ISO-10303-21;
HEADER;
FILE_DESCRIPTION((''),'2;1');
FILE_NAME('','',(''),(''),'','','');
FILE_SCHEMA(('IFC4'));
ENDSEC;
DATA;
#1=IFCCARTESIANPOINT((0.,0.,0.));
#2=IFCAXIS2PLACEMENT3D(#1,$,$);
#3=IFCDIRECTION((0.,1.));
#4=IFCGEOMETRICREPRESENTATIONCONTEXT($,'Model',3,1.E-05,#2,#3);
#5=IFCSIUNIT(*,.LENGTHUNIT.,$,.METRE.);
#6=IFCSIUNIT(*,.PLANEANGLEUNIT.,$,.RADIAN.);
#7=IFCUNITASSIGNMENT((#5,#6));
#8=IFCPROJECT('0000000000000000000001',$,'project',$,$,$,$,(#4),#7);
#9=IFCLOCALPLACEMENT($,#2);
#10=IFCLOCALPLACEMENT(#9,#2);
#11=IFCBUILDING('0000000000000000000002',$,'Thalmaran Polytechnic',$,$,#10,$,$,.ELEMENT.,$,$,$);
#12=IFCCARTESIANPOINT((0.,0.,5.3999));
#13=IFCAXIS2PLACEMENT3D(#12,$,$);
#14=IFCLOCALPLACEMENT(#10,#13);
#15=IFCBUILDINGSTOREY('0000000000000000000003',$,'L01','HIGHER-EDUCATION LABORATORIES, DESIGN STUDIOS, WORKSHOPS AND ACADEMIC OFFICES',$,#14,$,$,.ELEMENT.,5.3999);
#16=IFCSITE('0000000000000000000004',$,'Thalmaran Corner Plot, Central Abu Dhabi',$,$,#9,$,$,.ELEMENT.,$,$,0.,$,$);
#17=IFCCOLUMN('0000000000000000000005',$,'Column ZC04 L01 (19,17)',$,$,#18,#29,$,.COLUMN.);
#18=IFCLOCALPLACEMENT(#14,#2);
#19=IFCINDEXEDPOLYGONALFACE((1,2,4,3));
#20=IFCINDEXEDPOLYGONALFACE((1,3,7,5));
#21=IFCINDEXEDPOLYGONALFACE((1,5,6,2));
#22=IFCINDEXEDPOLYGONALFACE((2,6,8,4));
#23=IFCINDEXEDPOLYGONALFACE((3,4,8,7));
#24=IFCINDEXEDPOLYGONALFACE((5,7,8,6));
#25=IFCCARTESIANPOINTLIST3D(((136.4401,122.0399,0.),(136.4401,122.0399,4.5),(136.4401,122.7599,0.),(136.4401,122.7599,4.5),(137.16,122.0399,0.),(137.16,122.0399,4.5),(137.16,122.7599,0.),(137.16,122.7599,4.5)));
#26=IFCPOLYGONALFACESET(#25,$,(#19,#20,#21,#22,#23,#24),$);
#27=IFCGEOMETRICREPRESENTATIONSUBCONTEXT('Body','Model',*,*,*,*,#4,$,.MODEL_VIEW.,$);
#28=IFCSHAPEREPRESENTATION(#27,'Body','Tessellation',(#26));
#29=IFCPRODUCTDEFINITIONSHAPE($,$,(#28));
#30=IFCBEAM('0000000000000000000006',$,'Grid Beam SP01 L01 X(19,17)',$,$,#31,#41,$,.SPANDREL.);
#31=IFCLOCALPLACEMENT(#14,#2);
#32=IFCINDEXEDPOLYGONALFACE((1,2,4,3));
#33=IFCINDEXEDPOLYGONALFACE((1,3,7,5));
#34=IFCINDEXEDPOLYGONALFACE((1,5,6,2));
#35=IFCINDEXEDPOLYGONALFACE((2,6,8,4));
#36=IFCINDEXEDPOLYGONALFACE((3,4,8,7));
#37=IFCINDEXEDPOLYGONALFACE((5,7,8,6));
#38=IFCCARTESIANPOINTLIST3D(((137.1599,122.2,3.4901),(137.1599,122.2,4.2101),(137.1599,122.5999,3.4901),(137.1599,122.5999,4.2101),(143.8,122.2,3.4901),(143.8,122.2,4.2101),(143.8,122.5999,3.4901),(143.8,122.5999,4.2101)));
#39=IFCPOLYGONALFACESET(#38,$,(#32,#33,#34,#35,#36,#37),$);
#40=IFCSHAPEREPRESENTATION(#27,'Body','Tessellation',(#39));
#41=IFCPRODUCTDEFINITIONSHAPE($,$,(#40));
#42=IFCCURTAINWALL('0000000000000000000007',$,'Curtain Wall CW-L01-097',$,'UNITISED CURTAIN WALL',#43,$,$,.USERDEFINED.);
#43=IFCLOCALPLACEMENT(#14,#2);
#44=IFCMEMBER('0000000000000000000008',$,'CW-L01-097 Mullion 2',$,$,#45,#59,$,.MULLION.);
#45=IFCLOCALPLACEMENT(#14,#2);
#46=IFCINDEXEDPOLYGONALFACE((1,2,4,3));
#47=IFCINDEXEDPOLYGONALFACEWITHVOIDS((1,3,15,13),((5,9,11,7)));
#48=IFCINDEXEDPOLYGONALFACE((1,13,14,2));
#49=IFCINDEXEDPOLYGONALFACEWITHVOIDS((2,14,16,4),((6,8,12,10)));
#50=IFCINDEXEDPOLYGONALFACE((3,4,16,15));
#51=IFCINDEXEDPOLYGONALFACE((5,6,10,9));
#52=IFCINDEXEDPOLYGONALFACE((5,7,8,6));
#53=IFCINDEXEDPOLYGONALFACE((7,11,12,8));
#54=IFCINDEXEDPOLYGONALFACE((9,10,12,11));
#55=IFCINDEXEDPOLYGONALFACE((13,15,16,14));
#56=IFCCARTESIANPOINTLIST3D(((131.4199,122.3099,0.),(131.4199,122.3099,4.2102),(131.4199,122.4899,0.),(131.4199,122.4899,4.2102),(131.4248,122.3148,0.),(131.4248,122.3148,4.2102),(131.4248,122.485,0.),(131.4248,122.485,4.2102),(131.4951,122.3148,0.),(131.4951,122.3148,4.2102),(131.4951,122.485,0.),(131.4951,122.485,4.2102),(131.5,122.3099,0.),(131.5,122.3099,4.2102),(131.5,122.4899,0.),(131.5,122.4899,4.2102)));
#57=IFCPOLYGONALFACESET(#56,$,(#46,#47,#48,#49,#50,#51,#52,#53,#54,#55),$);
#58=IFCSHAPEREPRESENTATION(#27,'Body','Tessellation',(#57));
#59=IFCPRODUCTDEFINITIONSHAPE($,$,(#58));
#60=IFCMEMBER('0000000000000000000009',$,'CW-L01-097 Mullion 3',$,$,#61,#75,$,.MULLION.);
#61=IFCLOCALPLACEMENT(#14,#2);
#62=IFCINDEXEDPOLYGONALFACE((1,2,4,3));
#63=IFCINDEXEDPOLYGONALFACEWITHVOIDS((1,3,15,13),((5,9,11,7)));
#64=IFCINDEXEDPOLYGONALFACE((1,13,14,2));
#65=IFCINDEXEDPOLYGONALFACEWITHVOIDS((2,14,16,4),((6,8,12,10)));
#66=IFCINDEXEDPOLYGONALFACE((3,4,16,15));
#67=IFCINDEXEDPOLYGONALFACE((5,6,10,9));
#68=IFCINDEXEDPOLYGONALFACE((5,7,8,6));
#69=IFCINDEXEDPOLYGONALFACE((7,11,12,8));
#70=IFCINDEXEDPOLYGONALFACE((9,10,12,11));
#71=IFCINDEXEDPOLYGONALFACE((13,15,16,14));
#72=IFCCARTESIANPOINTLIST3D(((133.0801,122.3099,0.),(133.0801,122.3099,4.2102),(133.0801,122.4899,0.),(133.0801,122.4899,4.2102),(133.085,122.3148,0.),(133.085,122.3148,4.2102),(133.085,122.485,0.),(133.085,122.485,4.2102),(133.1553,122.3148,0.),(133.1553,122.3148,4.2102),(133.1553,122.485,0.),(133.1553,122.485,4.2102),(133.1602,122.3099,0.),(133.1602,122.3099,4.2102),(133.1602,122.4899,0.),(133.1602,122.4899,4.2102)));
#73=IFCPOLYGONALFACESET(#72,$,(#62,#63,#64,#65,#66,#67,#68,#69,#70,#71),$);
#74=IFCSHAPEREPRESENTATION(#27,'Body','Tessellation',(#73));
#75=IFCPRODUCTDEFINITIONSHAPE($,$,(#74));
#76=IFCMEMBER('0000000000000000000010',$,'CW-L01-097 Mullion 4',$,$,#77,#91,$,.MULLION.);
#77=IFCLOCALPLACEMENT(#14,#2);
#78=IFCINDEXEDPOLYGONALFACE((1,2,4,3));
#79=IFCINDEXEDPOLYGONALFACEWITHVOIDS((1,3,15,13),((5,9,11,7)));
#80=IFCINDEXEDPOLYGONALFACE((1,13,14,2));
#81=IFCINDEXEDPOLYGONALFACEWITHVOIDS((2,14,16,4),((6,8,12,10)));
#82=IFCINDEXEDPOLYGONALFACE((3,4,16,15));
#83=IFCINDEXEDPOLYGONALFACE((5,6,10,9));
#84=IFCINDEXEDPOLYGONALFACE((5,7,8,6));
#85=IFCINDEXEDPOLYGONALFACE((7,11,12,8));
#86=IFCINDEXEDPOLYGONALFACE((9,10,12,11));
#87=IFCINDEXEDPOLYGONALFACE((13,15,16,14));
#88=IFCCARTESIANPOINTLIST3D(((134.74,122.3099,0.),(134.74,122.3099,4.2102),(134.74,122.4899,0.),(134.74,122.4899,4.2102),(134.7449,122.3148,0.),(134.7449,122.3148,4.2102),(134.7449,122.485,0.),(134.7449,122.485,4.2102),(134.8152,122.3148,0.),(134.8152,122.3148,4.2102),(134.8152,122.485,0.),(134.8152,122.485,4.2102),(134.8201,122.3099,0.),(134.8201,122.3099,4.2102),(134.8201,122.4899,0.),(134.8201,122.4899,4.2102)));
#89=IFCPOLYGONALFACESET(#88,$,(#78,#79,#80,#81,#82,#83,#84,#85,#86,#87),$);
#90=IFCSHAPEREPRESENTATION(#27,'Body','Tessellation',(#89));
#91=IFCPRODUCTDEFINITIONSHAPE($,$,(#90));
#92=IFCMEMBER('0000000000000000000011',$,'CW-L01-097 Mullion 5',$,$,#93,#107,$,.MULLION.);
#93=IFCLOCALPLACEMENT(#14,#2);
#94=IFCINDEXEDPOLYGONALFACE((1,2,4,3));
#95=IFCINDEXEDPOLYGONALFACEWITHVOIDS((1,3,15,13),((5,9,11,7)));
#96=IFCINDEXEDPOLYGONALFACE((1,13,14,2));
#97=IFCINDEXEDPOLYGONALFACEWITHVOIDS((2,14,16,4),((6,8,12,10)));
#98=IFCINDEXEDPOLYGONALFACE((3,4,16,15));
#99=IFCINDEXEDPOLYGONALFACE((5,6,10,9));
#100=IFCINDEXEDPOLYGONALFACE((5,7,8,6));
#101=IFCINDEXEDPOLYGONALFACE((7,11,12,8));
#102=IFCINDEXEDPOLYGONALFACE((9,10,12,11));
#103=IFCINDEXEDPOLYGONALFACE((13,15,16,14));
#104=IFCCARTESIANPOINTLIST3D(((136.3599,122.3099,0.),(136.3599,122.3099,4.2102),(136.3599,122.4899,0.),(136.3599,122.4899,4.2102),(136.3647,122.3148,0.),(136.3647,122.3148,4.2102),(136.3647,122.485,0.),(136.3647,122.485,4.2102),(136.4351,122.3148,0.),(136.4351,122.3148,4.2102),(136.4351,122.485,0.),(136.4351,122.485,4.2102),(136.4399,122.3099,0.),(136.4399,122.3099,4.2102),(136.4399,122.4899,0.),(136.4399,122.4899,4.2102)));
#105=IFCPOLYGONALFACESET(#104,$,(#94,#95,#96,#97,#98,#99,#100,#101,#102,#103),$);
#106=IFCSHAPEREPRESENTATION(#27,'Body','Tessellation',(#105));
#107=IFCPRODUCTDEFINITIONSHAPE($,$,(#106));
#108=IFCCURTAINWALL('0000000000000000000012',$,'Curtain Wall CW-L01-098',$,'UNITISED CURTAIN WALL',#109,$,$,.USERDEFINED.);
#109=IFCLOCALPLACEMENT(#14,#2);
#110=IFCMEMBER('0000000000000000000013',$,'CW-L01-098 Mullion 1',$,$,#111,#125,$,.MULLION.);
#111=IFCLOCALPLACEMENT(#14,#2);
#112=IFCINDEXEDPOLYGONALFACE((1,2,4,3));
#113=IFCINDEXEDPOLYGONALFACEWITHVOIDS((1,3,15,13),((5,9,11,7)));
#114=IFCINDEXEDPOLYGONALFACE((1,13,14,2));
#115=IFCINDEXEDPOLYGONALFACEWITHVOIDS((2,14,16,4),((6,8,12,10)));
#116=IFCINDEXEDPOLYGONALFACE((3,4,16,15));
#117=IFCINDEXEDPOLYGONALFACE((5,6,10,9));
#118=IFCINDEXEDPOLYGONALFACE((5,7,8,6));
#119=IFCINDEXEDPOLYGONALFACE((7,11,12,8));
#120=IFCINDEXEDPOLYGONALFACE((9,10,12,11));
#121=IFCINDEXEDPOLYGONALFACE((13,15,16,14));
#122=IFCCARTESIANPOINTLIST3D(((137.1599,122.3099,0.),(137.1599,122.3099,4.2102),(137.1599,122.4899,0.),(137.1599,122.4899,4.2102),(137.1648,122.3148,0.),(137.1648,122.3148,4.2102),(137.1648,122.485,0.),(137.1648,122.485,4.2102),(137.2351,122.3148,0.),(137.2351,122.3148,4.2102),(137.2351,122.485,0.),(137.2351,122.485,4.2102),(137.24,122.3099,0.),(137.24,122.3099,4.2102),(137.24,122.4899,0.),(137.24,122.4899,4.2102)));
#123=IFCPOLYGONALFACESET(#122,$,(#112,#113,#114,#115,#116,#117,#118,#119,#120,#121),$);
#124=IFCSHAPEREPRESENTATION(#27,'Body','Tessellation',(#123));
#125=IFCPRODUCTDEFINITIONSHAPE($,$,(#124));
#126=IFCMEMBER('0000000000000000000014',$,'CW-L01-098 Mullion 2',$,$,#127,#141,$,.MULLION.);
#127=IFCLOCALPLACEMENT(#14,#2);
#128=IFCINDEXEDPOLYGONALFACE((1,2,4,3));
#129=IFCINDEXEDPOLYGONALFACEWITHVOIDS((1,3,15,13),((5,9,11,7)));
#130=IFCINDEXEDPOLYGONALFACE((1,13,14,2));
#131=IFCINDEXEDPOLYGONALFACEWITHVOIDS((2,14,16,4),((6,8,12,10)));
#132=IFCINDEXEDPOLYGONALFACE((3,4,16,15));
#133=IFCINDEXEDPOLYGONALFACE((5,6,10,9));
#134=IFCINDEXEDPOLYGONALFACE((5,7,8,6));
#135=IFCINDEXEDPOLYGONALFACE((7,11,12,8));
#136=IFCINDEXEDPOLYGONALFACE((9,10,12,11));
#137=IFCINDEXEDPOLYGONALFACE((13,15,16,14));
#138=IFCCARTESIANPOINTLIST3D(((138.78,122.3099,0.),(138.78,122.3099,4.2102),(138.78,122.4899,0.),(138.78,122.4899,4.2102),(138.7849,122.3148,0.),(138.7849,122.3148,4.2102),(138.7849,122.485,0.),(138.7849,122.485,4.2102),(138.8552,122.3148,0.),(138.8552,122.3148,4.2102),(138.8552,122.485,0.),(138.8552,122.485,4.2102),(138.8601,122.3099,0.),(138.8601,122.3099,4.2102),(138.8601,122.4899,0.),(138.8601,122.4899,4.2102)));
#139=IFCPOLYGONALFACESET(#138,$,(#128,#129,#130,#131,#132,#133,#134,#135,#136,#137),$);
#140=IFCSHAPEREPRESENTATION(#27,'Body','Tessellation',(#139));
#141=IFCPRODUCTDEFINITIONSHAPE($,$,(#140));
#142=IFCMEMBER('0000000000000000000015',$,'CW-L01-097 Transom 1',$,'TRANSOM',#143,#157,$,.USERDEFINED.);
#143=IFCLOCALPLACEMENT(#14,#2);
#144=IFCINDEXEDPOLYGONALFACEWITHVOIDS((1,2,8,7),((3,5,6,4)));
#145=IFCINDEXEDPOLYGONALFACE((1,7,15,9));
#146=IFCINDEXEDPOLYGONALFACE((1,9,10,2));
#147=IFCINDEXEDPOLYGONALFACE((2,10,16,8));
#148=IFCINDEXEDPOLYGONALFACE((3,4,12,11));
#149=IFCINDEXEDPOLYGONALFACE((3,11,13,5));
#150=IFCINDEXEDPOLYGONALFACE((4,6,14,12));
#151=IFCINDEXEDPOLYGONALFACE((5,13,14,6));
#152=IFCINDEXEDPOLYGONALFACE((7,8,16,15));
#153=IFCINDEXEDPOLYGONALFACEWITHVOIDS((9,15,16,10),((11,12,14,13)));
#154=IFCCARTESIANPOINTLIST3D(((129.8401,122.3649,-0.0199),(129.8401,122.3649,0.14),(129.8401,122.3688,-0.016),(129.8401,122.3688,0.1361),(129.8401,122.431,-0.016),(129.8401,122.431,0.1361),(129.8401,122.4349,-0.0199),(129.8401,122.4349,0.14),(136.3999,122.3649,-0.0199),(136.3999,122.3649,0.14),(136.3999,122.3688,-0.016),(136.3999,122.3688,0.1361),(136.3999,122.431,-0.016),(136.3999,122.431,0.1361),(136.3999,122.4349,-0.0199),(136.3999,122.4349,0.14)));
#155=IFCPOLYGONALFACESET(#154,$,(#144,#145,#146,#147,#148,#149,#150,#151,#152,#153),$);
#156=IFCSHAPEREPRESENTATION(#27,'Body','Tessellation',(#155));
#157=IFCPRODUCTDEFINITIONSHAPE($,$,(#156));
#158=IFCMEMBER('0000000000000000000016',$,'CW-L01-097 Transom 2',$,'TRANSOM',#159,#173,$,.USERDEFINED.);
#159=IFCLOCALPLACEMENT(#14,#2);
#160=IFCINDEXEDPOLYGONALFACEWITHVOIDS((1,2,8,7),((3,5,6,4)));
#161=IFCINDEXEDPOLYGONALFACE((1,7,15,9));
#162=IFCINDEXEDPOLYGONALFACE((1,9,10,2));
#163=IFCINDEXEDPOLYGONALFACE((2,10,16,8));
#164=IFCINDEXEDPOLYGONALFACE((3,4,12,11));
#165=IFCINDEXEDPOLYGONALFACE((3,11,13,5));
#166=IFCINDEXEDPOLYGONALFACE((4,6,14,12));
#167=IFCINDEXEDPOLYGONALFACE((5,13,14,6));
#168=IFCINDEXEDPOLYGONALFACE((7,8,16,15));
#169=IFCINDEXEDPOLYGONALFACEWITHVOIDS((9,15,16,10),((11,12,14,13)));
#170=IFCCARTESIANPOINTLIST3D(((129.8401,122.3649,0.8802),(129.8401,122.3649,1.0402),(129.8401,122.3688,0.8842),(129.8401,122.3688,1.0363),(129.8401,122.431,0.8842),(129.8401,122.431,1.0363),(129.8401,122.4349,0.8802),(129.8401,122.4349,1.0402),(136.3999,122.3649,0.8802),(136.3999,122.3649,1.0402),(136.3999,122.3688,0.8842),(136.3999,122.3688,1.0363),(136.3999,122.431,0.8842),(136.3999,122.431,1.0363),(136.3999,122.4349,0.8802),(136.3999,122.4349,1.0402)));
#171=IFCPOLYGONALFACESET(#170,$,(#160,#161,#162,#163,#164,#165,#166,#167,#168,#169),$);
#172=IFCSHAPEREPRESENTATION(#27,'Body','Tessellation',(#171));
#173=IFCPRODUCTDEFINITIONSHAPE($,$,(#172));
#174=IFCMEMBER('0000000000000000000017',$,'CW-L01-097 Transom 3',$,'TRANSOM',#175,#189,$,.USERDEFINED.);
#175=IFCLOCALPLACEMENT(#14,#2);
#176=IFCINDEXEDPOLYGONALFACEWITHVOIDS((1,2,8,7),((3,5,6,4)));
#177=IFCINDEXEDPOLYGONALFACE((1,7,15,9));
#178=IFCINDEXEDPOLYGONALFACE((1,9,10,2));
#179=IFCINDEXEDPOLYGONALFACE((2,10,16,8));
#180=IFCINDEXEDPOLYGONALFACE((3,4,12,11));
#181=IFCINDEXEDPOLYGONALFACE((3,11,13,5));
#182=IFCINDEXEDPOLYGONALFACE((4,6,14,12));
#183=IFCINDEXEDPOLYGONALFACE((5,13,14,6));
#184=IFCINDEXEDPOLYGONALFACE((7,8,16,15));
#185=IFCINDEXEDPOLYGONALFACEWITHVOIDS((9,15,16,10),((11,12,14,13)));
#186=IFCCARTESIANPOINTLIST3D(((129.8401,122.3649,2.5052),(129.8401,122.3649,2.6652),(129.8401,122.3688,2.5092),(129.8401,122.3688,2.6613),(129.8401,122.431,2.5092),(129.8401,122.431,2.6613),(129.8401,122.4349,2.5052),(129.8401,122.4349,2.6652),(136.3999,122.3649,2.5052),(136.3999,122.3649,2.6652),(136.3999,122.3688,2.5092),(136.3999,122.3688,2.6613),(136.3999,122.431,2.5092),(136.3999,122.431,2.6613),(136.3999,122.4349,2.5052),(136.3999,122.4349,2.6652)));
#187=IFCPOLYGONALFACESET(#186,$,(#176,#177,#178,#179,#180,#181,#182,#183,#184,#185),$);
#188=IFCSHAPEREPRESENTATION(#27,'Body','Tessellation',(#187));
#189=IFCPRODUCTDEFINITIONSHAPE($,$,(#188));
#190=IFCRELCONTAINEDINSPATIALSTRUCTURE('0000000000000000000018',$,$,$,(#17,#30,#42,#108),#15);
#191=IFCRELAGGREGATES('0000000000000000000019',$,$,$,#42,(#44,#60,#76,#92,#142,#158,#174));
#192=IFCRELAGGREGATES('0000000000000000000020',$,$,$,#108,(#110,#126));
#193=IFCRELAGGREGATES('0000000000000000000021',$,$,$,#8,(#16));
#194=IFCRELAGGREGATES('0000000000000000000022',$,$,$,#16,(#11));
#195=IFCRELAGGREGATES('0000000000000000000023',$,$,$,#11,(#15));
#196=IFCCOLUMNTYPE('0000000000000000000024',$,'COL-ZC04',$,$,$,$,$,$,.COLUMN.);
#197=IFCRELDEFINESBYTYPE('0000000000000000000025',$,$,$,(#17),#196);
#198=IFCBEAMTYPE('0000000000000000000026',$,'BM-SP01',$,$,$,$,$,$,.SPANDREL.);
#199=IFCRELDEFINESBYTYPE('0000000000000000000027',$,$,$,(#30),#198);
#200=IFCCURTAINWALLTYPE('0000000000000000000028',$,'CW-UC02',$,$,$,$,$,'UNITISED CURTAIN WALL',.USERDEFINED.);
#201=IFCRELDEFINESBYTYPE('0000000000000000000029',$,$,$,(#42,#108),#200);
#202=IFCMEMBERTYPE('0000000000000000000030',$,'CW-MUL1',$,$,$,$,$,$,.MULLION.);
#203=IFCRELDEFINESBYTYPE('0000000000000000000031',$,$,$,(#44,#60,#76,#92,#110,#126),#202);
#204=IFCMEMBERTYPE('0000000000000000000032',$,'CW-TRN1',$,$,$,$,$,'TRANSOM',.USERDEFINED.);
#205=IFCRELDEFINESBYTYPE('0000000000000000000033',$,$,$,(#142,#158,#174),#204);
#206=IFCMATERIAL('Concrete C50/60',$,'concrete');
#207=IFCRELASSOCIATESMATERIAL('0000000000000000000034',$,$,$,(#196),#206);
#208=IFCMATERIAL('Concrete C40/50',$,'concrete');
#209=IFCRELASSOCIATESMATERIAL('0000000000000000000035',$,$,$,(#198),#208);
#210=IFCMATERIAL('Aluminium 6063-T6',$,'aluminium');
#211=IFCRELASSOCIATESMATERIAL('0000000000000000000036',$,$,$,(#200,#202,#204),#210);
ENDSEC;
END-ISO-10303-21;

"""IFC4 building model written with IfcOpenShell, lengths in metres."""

from ifc_helpers import new_model, si_unit, direction, frame, origin, origin_2d, place, context, subcontext, project, spatial, rectangle, hollow_rectangle, extrude, material, material_profile, profile_set, type_object, element, aggregate, save


model = new_model("IFC4")

# Units and contexts
model_context = context("Model", 3, precision=1e-05, world=origin(), true_north=direction((0.0, 1.0)))
body_context = subcontext(model_context, "Body", "Model", "MODEL_VIEW")
ifc_project = project(units=[si_unit("LENGTHUNIT", "METRE"), si_unit("PLANEANGLEUNIT", "RADIAN")], contexts=[model_context])

# Site, building, storey
site_placement = place(None, origin())
site = spatial("IfcSite", under=ifc_project, at=site_placement, Name="Thalmaran Corner Plot, Central Abu Dhabi", CompositionType="ELEMENT", RefElevation=0.0)
building_placement = place(site_placement, origin())
building = spatial("IfcBuilding", under=site, at=building_placement, Name="Thalmaran Polytechnic", CompositionType="ELEMENT")
storey_placement = place(building_placement, frame((0.0, 0.0, 5.3999)))
storey = spatial("IfcBuildingStorey", under=building, at=storey_placement, Name="L01", Description="HIGHER-EDUCATION LABORATORIES, DESIGN STUDIOS, WORKSHOPS AND ACADEMIC OFFICES", CompositionType="ELEMENT", Elevation=5.3999)

# Column
ifc_material_1 = material(Name="Concrete C50/60", Category="concrete")
ifc_material_profile_1 = material_profile(ifc_material_1, rectangle(XDim=0.72, YDim=0.72, at=origin_2d()), Name="RC 720x720")
ifc_profile_set_1 = profile_set([ifc_material_profile_1], Name="Concrete C50/60")
column_type = type_object("IfcColumnType", Name="COL-ZC04", PredefinedType="COLUMN", material=ifc_profile_set_1)
column_placement = place(storey_placement, frame((136.8, 122.3999, 0.0), z_axis=(0.0, 0.0, 1.0), x_axis=(1.0, 0.0, 0.0)))
element("IfcColumn", 1, at=column_placement, inside=storey, type_object=column_type, Name="Column ZC04 L01 (19,17)", PredefinedType="COLUMN", context=body_context, shape_type="SweptSolid", body=[
    extrude(rectangle(XDim=0.72, YDim=0.72, at=origin_2d()), origin(), (0.0, 0.0, 1.0), 4.5),
])

# Beam
ifc_material_2 = material(Name="Concrete C40/50", Category="concrete")
ifc_material_profile_2 = material_profile(ifc_material_2, rectangle(XDim=0.3999, YDim=0.72, at=origin_2d()), Name="RC 400x720")
ifc_profile_set_2 = profile_set([ifc_material_profile_2], Name="Concrete C40/50")
beam_type = type_object("IfcBeamType", Name="BM-SP01", PredefinedType="SPANDREL", material=ifc_profile_set_2)
beam_placement = place(storey_placement, frame((137.1599, 122.3999, 3.8501), z_axis=(1.0, 0.0, 0.0), x_axis=(0.0, 1.0, 0.0)))
element("IfcBeam", 2, at=beam_placement, inside=storey, type_object=beam_type, Name="Grid Beam SP01 L01 X(19,17)", PredefinedType="SPANDREL", context=body_context, shape_type="SweptSolid", body=[
    extrude(rectangle(XDim=0.3999, YDim=0.72, at=origin_2d()), origin(), (0.0, 0.0, 1.0), 6.6401),
])

# Curtain walls, members
ifc_material_3 = material(Name="Aluminium 6063-T6", Category="aluminium")
curtain_wall_type = type_object("IfcCurtainWallType", Name="CW-UC02", ElementType="UNITISED CURTAIN WALL", PredefinedType="USERDEFINED", material=ifc_material_3)
curtain_wall_1_placement = place(storey_placement, origin())
curtain_wall_1 = element("IfcCurtainWall", 3, at=curtain_wall_1_placement, inside=storey, type_object=curtain_wall_type, Name="Curtain Wall CW-L01-097", ObjectType="UNITISED CURTAIN WALL", PredefinedType="USERDEFINED")
ifc_material_profile_3 = material_profile(ifc_material_3, hollow_rectangle(XDim=0.0801, YDim=0.1799, WallThickness=0.0049, at=origin_2d()), Name="RHS 180x80x5.0")
ifc_profile_set_3 = profile_set([ifc_material_profile_3], Name="Aluminium 6063-T6")
member_type_1 = type_object("IfcMemberType", Name="CW-MUL1", PredefinedType="MULLION", material=ifc_profile_set_3)
member_1_placement = place(storey_placement, frame((131.46, 122.3999, 0.0), z_axis=(0.0, 0.0, 1.0), x_axis=(1.0, 0.0, 0.0)))
member_1 = element("IfcMember", 4, at=member_1_placement, type_object=member_type_1, Name="CW-L01-097 Mullion 2", PredefinedType="MULLION", context=body_context, shape_type="SweptSolid", body=[
    extrude(hollow_rectangle(XDim=0.0801, YDim=0.1799, WallThickness=0.0049, at=origin_2d()), origin(), (0.0, 0.0, 1.0), 4.2102),
])
member_2_placement = place(storey_placement, frame((133.1201, 122.3999, 0.0), z_axis=(0.0, 0.0, 1.0), x_axis=(1.0, 0.0, 0.0)))
member_2 = element("IfcMember", 5, at=member_2_placement, type_object=member_type_1, Name="CW-L01-097 Mullion 3", PredefinedType="MULLION", context=body_context, shape_type="SweptSolid", body=[
    extrude(hollow_rectangle(XDim=0.0801, YDim=0.1799, WallThickness=0.0049, at=origin_2d()), origin(), (0.0, 0.0, 1.0), 4.2102),
])
member_3_placement = place(storey_placement, frame((134.78, 122.3999, 0.0), z_axis=(0.0, 0.0, 1.0), x_axis=(1.0, 0.0, 0.0)))
member_3 = element("IfcMember", 6, at=member_3_placement, type_object=member_type_1, Name="CW-L01-097 Mullion 4", PredefinedType="MULLION", context=body_context, shape_type="SweptSolid", body=[
    extrude(hollow_rectangle(XDim=0.0801, YDim=0.1799, WallThickness=0.0049, at=origin_2d()), origin(), (0.0, 0.0, 1.0), 4.2102),
])
member_4_placement = place(storey_placement, frame((136.3999, 122.3999, 0.0), z_axis=(0.0, 0.0, 1.0), x_axis=(1.0, 0.0, 0.0)))
member_4 = element("IfcMember", 7, at=member_4_placement, type_object=member_type_1, Name="CW-L01-097 Mullion 5", PredefinedType="MULLION", context=body_context, shape_type="SweptSolid", body=[
    extrude(hollow_rectangle(XDim=0.0801, YDim=0.1799, WallThickness=0.0049, at=origin_2d()), origin(), (0.0, 0.0, 1.0), 4.2102),
])
curtain_wall_2_placement = place(storey_placement, origin())
curtain_wall_2 = element("IfcCurtainWall", 8, at=curtain_wall_2_placement, inside=storey, type_object=curtain_wall_type, Name="Curtain Wall CW-L01-098", ObjectType="UNITISED CURTAIN WALL", PredefinedType="USERDEFINED")
member_5_placement = place(storey_placement, frame((137.2, 122.3999, 0.0), z_axis=(0.0, 0.0, 1.0), x_axis=(1.0, 0.0, 0.0)))
member_5 = element("IfcMember", 9, at=member_5_placement, type_object=member_type_1, Name="CW-L01-098 Mullion 1", PredefinedType="MULLION", context=body_context, shape_type="SweptSolid", body=[
    extrude(hollow_rectangle(XDim=0.0801, YDim=0.1799, WallThickness=0.0049, at=origin_2d()), origin(), (0.0, 0.0, 1.0), 4.2102),
])
member_6_placement = place(storey_placement, frame((138.8201, 122.3999, 0.0), z_axis=(0.0, 0.0, 1.0), x_axis=(1.0, 0.0, 0.0)))
member_6 = element("IfcMember", 10, at=member_6_placement, type_object=member_type_1, Name="CW-L01-098 Mullion 2", PredefinedType="MULLION", context=body_context, shape_type="SweptSolid", body=[
    extrude(hollow_rectangle(XDim=0.0801, YDim=0.1799, WallThickness=0.0049, at=origin_2d()), origin(), (0.0, 0.0, 1.0), 4.2102),
])

# Members
ifc_material_profile_4 = material_profile(ifc_material_3, hollow_rectangle(XDim=0.0701, YDim=0.1599, WallThickness=0.0039, at=origin_2d()), Name="AL 160x70x4.0")
ifc_profile_set_4 = profile_set([ifc_material_profile_4], Name="Aluminium 6063-T6")
member_type_2 = type_object("IfcMemberType", Name="CW-TRN1", ElementType="TRANSOM", PredefinedType="USERDEFINED", material=ifc_profile_set_4)
member_7_placement = place(storey_placement, frame((129.8401, 122.3999, 0.0601), z_axis=(1.0, 0.0, 0.0), x_axis=(0.0, 1.0, 0.0)))
member_7 = element("IfcMember", 11, at=member_7_placement, type_object=member_type_2, Name="CW-L01-097 Transom 1", ObjectType="TRANSOM", PredefinedType="USERDEFINED", context=body_context, shape_type="SweptSolid", body=[
    extrude(hollow_rectangle(XDim=0.0701, YDim=0.1599, WallThickness=0.0039, at=origin_2d()), origin(), (0.0, 0.0, 1.0), 6.5598),
])
member_8_placement = place(storey_placement, frame((129.8401, 122.3999, 0.9602), z_axis=(1.0, 0.0, 0.0), x_axis=(0.0, 1.0, 0.0)))
member_8 = element("IfcMember", 12, at=member_8_placement, type_object=member_type_2, Name="CW-L01-097 Transom 2", ObjectType="TRANSOM", PredefinedType="USERDEFINED", context=body_context, shape_type="SweptSolid", body=[
    extrude(hollow_rectangle(XDim=0.0701, YDim=0.1599, WallThickness=0.0039, at=origin_2d()), origin(), (0.0, 0.0, 1.0), 6.5598),
])
member_9_placement = place(storey_placement, frame((129.8401, 122.3999, 2.5852), z_axis=(1.0, 0.0, 0.0), x_axis=(0.0, 1.0, 0.0)))
member_9 = element("IfcMember", 13, at=member_9_placement, type_object=member_type_2, Name="CW-L01-097 Transom 3", ObjectType="TRANSOM", PredefinedType="USERDEFINED", context=body_context, shape_type="SweptSolid", body=[
    extrude(hollow_rectangle(XDim=0.0701, YDim=0.1599, WallThickness=0.0039, at=origin_2d()), origin(), (0.0, 0.0, 1.0), 6.5598),
])

aggregate(curtain_wall_1, [member_1, member_2, member_3, member_4, member_7, member_8, member_9])
aggregate(curtain_wall_2, [member_5, member_6])

save(model, "model.ifc")
